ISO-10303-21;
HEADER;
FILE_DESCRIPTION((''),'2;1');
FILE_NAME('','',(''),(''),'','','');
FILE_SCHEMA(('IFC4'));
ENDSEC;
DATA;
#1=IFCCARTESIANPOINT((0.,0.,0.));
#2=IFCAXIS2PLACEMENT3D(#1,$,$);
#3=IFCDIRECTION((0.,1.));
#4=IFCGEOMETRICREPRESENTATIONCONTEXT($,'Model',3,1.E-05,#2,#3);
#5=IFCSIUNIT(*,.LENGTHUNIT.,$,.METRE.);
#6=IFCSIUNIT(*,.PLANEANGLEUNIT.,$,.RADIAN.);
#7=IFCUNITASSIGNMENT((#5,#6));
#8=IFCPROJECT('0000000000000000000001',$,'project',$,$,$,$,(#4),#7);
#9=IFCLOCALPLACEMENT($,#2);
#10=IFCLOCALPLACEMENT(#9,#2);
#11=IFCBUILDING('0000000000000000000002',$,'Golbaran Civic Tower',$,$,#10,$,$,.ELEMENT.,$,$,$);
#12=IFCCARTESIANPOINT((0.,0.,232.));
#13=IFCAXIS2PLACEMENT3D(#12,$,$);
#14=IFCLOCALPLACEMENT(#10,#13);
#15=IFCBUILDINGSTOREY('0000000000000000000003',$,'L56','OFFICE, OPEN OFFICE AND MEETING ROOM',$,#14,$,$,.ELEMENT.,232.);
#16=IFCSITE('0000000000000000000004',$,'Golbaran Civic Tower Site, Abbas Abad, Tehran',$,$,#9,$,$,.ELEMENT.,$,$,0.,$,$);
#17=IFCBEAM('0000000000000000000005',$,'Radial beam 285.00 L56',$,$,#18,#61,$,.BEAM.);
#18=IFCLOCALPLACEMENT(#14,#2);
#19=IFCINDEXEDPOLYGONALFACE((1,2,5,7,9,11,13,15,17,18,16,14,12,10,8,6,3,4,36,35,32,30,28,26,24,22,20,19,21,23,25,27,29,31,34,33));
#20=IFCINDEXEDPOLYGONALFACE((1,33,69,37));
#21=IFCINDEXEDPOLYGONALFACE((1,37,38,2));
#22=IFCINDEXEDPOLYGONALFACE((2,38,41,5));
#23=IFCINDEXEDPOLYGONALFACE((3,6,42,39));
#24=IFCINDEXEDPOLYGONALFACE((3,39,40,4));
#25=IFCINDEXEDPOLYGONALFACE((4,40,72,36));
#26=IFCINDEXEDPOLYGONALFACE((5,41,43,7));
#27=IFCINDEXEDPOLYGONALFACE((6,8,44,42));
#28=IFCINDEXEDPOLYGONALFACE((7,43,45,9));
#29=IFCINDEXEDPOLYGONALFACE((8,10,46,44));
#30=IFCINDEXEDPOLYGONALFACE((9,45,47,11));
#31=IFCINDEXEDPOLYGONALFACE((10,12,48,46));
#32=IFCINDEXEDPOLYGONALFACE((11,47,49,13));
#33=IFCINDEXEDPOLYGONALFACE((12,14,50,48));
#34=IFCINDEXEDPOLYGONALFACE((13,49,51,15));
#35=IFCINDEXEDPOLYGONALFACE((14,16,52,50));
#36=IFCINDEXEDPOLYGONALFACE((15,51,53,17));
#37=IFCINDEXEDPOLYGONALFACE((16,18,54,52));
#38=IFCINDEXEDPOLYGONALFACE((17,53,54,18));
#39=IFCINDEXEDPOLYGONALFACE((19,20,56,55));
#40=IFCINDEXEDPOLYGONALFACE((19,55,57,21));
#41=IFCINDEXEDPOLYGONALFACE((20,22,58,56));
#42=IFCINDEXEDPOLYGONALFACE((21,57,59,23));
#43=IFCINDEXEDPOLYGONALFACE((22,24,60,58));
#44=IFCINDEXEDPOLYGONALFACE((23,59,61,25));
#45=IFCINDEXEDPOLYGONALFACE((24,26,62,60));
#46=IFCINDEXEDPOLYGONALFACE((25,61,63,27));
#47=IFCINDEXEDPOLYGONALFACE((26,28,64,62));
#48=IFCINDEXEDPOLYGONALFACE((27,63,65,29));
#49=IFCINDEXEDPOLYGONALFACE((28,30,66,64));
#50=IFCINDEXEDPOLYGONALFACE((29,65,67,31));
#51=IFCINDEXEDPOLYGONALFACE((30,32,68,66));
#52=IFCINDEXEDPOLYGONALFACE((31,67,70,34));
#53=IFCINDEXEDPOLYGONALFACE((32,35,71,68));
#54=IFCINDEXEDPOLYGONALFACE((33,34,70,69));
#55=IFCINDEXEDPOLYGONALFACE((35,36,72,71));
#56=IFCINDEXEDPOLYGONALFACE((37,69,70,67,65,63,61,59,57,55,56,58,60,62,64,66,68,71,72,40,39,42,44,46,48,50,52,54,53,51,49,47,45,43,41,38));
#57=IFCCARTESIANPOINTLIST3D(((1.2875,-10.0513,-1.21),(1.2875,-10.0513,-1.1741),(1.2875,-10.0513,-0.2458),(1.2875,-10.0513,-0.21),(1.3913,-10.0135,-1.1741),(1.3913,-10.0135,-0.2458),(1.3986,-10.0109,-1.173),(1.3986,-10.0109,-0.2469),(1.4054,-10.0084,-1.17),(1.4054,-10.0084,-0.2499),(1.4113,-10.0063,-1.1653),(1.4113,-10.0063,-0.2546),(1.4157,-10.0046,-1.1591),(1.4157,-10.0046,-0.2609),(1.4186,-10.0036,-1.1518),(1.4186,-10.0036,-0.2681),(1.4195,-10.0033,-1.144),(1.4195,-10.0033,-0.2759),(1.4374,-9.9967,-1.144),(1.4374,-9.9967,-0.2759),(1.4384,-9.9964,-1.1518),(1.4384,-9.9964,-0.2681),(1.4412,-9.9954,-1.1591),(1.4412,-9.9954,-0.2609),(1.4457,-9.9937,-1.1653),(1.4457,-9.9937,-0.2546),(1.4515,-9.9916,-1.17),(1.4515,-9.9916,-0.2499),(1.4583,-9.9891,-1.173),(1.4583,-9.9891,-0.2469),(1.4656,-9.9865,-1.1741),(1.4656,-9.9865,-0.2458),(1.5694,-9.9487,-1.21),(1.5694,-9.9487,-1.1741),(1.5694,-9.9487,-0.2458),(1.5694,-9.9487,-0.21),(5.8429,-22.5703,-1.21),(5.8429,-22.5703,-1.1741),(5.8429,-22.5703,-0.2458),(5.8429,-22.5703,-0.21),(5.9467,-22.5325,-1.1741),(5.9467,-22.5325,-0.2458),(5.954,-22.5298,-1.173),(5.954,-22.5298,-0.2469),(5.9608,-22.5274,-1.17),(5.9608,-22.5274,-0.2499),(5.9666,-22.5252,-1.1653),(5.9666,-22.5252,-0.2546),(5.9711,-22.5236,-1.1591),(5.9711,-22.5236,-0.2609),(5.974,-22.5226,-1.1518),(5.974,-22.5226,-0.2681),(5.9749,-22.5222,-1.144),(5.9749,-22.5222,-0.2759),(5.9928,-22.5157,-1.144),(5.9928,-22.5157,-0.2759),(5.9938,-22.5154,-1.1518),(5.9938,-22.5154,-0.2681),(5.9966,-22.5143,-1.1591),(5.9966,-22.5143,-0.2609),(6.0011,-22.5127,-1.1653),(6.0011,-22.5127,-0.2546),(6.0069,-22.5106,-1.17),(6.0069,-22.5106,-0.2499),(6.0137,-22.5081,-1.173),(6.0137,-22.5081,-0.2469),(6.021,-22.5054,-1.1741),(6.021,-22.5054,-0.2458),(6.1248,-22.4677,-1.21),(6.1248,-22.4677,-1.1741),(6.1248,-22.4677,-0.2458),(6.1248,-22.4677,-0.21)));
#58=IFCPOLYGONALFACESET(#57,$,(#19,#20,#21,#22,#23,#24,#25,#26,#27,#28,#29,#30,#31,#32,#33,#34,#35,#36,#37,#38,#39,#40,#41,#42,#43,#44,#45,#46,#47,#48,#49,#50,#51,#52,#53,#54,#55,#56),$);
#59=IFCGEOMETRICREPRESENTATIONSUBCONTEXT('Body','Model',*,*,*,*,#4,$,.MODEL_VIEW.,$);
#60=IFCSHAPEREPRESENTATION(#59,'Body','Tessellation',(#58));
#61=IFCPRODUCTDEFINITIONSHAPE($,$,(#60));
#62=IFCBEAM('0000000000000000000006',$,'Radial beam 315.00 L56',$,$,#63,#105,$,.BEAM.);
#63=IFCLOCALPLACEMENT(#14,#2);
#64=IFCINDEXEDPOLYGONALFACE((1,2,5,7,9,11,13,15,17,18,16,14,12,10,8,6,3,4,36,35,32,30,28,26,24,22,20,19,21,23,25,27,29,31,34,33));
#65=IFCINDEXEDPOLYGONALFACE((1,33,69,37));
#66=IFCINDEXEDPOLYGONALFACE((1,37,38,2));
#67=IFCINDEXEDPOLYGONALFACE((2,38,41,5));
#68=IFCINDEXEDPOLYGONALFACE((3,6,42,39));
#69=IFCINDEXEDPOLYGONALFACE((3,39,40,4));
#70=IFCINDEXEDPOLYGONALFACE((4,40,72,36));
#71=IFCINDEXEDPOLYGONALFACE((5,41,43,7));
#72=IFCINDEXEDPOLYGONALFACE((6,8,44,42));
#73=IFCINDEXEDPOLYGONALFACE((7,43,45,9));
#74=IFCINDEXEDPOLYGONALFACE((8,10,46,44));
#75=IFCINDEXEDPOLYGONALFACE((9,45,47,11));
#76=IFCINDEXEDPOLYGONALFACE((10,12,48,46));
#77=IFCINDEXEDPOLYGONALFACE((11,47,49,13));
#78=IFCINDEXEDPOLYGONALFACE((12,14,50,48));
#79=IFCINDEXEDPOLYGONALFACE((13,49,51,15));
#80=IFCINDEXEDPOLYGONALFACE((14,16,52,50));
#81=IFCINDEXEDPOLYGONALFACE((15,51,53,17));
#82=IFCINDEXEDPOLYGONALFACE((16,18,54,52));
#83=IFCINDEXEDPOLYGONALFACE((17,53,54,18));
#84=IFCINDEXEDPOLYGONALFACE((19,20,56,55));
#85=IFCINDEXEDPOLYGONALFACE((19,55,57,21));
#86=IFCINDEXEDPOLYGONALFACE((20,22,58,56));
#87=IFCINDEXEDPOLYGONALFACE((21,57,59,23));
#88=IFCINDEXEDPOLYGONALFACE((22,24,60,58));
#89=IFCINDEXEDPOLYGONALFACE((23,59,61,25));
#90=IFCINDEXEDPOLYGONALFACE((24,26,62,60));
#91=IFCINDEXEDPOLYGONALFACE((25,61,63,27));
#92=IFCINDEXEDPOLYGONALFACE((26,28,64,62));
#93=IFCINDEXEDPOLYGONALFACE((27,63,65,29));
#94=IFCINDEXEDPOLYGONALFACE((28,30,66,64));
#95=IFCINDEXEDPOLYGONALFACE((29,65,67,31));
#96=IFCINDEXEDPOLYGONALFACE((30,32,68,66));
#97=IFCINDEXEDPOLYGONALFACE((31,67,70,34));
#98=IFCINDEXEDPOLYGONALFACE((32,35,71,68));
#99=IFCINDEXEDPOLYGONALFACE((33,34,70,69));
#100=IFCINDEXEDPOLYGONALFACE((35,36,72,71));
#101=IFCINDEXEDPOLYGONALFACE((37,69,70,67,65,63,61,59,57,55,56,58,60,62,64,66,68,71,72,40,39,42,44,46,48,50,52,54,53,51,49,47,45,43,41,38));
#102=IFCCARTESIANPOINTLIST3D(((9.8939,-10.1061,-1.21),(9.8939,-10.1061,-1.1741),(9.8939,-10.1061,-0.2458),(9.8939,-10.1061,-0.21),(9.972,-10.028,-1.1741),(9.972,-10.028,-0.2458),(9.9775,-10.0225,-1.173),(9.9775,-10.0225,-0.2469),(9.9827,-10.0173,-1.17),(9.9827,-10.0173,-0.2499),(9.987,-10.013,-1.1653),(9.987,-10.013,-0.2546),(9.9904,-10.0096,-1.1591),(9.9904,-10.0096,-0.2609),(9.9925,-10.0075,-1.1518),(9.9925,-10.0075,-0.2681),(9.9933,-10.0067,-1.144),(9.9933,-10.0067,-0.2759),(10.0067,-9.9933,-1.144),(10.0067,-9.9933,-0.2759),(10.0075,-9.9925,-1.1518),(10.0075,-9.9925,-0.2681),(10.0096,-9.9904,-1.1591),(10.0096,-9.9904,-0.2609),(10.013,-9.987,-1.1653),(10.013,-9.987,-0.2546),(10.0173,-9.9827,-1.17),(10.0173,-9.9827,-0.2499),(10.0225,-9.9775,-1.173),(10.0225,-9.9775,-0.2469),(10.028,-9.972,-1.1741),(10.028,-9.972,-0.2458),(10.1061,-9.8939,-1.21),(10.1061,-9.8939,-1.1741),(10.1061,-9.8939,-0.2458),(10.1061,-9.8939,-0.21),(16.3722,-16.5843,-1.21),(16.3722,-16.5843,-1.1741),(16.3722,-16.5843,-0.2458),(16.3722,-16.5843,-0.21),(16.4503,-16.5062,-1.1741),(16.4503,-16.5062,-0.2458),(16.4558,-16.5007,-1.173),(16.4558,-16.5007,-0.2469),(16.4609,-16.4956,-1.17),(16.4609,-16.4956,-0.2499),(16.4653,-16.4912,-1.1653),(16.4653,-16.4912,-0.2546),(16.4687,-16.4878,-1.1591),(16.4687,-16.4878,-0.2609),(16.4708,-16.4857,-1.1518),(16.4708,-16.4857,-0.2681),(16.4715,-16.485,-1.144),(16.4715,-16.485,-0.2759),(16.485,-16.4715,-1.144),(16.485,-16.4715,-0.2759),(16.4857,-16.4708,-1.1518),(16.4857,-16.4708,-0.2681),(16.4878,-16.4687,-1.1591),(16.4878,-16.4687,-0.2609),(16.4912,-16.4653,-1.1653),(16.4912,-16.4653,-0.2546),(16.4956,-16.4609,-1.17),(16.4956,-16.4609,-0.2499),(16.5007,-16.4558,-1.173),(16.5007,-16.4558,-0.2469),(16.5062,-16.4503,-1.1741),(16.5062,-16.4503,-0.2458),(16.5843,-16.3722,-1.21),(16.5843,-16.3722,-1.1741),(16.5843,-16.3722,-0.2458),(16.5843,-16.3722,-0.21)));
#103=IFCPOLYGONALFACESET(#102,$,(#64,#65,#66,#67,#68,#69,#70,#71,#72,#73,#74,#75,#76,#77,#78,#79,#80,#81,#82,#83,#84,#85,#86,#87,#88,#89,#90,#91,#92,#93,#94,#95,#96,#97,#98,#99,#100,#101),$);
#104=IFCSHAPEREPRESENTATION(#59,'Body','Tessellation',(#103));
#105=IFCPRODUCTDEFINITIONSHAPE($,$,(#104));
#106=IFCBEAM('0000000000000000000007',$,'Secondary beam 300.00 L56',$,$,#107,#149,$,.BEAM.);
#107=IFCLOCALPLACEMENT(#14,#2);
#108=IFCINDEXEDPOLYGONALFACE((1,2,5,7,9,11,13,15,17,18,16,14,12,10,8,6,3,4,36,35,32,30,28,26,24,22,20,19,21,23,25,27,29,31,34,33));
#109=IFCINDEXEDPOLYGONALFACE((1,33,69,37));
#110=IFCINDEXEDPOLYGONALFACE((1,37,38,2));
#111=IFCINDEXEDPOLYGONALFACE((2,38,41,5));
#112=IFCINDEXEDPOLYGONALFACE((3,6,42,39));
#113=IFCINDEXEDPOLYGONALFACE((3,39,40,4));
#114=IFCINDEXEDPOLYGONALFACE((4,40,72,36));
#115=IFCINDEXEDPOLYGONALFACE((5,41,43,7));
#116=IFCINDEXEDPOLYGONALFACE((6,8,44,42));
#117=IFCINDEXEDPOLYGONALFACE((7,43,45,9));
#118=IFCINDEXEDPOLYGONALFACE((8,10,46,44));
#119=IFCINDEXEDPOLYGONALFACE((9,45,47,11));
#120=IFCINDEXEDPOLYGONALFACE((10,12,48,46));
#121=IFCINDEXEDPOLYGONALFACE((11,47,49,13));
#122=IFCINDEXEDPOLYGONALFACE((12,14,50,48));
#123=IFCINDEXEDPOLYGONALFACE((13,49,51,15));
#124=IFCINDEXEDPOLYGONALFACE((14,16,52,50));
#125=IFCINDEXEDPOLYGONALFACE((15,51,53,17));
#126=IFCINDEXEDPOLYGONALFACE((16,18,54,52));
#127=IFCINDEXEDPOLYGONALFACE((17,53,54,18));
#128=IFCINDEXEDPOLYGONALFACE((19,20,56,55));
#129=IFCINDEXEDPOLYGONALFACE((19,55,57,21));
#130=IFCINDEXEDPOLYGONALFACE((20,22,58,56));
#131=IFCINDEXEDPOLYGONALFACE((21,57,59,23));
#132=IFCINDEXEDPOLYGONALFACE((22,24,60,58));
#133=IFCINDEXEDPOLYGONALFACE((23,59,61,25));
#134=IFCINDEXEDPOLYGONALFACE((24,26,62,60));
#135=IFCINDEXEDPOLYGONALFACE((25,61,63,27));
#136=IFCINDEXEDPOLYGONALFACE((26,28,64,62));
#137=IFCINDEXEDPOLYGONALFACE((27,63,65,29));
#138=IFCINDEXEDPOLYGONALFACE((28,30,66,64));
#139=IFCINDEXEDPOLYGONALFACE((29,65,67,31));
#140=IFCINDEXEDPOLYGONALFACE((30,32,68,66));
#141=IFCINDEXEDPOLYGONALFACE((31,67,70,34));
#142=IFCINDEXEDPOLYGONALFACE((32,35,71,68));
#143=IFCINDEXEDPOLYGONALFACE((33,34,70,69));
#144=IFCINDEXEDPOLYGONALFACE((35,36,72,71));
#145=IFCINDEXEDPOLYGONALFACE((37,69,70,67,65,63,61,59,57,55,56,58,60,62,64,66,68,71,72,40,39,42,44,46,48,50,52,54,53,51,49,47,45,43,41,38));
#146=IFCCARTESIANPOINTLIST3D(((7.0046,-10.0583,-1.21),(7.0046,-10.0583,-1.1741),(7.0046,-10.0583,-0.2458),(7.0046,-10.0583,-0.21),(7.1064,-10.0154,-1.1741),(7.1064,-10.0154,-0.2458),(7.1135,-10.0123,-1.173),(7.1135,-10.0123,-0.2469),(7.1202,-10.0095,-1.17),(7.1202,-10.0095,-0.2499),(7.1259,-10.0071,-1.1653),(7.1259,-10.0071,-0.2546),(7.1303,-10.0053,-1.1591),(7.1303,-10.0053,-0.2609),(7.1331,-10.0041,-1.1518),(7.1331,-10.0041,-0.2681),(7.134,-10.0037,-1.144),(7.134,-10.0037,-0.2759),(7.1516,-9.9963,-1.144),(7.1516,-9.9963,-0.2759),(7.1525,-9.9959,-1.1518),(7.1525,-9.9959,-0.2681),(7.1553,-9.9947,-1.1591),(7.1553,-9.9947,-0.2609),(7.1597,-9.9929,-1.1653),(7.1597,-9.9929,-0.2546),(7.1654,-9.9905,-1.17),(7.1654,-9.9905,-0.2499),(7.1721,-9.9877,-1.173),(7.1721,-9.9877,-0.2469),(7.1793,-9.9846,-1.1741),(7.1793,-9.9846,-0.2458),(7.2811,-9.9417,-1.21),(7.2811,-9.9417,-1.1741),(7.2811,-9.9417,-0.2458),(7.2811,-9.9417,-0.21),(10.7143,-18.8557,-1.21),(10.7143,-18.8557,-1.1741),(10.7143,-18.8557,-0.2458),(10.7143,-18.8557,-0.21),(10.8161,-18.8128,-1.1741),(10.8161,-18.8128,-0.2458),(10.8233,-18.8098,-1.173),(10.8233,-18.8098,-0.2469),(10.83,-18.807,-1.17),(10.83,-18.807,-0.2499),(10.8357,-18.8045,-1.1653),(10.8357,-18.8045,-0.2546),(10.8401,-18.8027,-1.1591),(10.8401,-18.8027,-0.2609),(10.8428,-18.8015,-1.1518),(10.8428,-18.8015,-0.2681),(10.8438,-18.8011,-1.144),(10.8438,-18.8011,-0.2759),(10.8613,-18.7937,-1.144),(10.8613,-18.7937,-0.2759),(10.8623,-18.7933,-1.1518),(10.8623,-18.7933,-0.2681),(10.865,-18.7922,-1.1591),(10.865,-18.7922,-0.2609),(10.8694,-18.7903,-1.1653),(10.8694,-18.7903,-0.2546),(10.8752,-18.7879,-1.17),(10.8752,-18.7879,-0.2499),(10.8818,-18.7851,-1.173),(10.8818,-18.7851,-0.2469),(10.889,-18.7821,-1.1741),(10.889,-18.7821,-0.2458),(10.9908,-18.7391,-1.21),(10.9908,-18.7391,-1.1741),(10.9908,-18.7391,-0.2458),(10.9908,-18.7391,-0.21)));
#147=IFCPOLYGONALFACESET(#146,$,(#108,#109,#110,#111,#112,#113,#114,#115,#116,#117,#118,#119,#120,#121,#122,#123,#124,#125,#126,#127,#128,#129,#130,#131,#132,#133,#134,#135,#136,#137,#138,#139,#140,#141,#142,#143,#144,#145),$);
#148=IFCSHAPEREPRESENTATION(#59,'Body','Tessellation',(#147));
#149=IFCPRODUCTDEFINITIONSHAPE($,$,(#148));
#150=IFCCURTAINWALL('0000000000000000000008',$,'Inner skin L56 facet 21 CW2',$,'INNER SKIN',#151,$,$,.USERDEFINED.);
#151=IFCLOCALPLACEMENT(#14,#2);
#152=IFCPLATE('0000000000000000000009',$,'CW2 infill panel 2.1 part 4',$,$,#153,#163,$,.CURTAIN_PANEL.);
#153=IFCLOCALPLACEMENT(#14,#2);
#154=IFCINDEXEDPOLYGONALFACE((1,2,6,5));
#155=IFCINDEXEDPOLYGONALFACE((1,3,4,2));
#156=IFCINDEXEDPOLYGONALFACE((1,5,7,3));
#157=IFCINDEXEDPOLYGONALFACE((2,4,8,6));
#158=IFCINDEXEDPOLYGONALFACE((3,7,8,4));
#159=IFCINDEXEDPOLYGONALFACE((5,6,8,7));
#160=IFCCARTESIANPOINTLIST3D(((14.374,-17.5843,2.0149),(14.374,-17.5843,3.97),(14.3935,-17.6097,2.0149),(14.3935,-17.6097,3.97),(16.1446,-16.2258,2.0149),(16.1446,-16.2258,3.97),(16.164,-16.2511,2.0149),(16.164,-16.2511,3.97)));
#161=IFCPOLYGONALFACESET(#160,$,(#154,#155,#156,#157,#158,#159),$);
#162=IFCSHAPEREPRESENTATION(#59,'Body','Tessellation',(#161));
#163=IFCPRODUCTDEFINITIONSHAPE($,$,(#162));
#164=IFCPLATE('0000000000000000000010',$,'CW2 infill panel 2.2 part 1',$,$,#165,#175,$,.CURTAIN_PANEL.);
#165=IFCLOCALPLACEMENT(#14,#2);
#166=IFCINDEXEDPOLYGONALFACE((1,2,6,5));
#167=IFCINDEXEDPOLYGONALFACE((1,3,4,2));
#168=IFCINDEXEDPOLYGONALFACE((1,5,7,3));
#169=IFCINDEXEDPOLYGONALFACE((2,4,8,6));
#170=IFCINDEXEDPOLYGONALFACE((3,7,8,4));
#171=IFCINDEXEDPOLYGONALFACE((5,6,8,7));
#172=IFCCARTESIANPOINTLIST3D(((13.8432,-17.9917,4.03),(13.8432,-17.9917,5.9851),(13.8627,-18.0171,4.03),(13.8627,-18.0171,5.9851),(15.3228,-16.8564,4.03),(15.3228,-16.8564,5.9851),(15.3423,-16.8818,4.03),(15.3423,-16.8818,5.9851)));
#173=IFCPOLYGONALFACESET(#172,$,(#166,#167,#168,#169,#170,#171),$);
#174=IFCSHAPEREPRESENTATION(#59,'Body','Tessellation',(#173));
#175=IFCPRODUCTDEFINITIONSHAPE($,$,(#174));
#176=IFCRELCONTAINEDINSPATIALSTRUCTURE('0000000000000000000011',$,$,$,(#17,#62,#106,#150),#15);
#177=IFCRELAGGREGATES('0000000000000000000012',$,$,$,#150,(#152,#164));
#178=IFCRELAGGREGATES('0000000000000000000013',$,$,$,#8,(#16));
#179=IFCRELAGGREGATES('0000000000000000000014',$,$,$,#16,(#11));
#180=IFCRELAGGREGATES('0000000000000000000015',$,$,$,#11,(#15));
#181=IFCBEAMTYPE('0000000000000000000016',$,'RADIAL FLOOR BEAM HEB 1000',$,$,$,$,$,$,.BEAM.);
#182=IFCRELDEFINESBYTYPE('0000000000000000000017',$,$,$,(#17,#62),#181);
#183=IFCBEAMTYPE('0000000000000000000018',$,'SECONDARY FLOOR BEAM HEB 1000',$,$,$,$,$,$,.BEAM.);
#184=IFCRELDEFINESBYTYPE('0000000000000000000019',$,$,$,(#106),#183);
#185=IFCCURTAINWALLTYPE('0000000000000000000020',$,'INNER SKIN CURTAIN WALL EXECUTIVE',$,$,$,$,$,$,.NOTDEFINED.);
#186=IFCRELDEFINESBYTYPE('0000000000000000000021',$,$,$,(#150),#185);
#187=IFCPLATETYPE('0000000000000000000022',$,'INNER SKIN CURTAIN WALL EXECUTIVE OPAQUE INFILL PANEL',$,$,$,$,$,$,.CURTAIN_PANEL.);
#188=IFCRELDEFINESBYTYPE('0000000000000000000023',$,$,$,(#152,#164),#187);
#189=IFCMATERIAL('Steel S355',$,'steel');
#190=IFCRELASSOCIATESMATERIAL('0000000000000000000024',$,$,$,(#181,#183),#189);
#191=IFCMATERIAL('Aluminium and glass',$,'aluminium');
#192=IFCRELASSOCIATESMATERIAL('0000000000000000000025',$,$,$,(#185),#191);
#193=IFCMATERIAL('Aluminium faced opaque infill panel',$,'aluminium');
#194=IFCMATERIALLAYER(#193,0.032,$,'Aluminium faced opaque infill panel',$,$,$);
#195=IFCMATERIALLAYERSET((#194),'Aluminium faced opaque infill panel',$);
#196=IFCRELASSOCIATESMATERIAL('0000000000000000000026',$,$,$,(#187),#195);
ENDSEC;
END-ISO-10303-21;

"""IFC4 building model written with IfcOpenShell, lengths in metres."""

from ifc_helpers import new_model, si_unit, direction, frame, origin, origin_2d, place, context, subcontext, project, spatial, rectangle, i_section, extrude, material, layer, layer_set, material_profile, profile_set, type_object, element, aggregate, save


model = new_model("IFC4")

# Units and contexts
model_context = context("Model", 3, precision=1e-05, world=origin(), true_north=direction((0.0, 1.0)))
body_context = subcontext(model_context, "Body", "Model", "MODEL_VIEW")
ifc_project = project(units=[si_unit("LENGTHUNIT", "METRE"), si_unit("PLANEANGLEUNIT", "RADIAN")], contexts=[model_context])

# Site, building, storey
site_placement = place(None, origin())
site = spatial("IfcSite", under=ifc_project, at=site_placement, Name="Golbaran Civic Tower Site, Abbas Abad, Tehran", CompositionType="ELEMENT", RefElevation=0.0)
building_placement = place(site_placement, origin())
building = spatial("IfcBuilding", under=site, at=building_placement, Name="Golbaran Civic Tower", CompositionType="ELEMENT")
storey_placement = place(building_placement, frame((0.0, 0.0, 232.0)))
storey = spatial("IfcBuildingStorey", under=building, at=storey_placement, Name="L56", Description="OFFICE, OPEN OFFICE AND MEETING ROOM", CompositionType="ELEMENT", Elevation=232.0)

# Beams
ifc_material_1 = material(Name="Steel S355", Category="steel")
ifc_material_profile_1 = material_profile(ifc_material_1, i_section(OverallWidth=0.3, OverallDepth=1.0, WebThickness=0.019, FlangeThickness=0.0359, FilletRadius=0.03, at=origin_2d()), Name="HEB 1000")
ifc_profile_set_1 = profile_set([ifc_material_profile_1], Name="Steel S355")
beam_type_1 = type_object("IfcBeamType", Name="RADIAL FLOOR BEAM HEB 1000", PredefinedType="BEAM", material=ifc_profile_set_1)
beam_1_placement = place(storey_placement, frame((1.4285, -10.0, -0.71), z_axis=(0.341945, -0.93972, 0.0), x_axis=(0.93972, 0.341945, 0.0)))
element("IfcBeam", 1, at=beam_1_placement, inside=storey, type_object=beam_type_1, Name="Radial beam 285.00 L56", PredefinedType="BEAM", context=body_context, shape_type="SweptSolid", body=[
    extrude(i_section(OverallWidth=0.3, OverallDepth=1.0, WebThickness=0.019, FlangeThickness=0.0359, FilletRadius=0.03, at=origin_2d()), origin(), (0.0, 0.0, 1.0), 13.322),
])
beam_2_placement = place(storey_placement, frame((10.0, -10.0, -0.71), z_axis=(0.707107, -0.707107, 0.0), x_axis=(0.707107, 0.707107, 0.0)))
element("IfcBeam", 2, at=beam_2_placement, inside=storey, type_object=beam_type_1, Name="Radial beam 315.00 L56", PredefinedType="BEAM", context=body_context, shape_type="SweptSolid", body=[
    extrude(i_section(OverallWidth=0.3, OverallDepth=1.0, WebThickness=0.019, FlangeThickness=0.0359, FilletRadius=0.03, at=origin_2d()), origin(), (0.0, 0.0, 1.0), 9.1616),
])
ifc_material_profile_2 = material_profile(ifc_material_1, i_section(OverallWidth=0.3, OverallDepth=1.0, WebThickness=0.019, FlangeThickness=0.0359, FilletRadius=0.03, at=origin_2d()), Name="HEB 1000")
ifc_profile_set_2 = profile_set([ifc_material_profile_2], Name="Steel S355")
beam_type_2 = type_object("IfcBeamType", Name="SECONDARY FLOOR BEAM HEB 1000", PredefinedType="BEAM", material=ifc_profile_set_2)
beam_3_placement = place(storey_placement, frame((7.1428, -10.0, -0.71), z_axis=(0.388552, -0.921427, 0.0), x_axis=(0.921427, 0.388552, 0.0)))
element("IfcBeam", 3, at=beam_3_placement, inside=storey, type_object=beam_type_2, Name="Secondary beam 300.00 L56", PredefinedType="BEAM", context=body_context, shape_type="SweptSolid", body=[
    extrude(i_section(OverallWidth=0.3, OverallDepth=1.0, WebThickness=0.019, FlangeThickness=0.0359, FilletRadius=0.03, at=origin_2d()), origin(), (0.0, 0.0, 1.0), 9.5476),
])

# Curtain wall, plates
ifc_material_2 = material(Name="Aluminium and glass", Category="aluminium")
curtain_wall_type = type_object("IfcCurtainWallType", Name="INNER SKIN CURTAIN WALL EXECUTIVE", PredefinedType="NOTDEFINED", material=ifc_material_2)
curtain_wall_placement = place(storey_placement, origin())
curtain_wall = element("IfcCurtainWall", 4, at=curtain_wall_placement, inside=storey, type_object=curtain_wall_type, Name="Inner skin L56 facet 21 CW2", ObjectType="INNER SKIN", PredefinedType="USERDEFINED")
ifc_material_3 = material(Name="Aluminium faced opaque infill panel", Category="aluminium")
ifc_layer_1 = layer(ifc_material_3, 0.032, Name="Aluminium faced opaque infill panel")
ifc_layer_set_1 = layer_set([ifc_layer_1], Name="Aluminium faced opaque infill panel")
plate_type = type_object("IfcPlateType", Name="INNER SKIN CURTAIN WALL EXECUTIVE OPAQUE INFILL PANEL", PredefinedType="CURTAIN_PANEL", material=ifc_layer_set_1)
plate_1_placement = place(storey_placement, frame((15.269, -16.9177, 2.0149), z_axis=(0.0, 0.0, 1.0), x_axis=(0.793353, 0.608761, 0.0)))
plate_1 = element("IfcPlate", 5, at=plate_1_placement, type_object=plate_type, Name="CW2 infill panel 2.1 part 4", PredefinedType="CURTAIN_PANEL", context=body_context, shape_type="SweptSolid", body=[
    extrude(rectangle(XDim=2.2317, YDim=0.032, at=origin_2d()), origin(), (0.0, 0.0, 1.0), 1.9551),
])
plate_2_placement = place(storey_placement, frame((14.5928, -17.4368, 4.03), z_axis=(0.0, 0.0, 1.0), x_axis=(0.793353, 0.608761, 0.0)))
plate_2 = element("IfcPlate", 6, at=plate_2_placement, type_object=plate_type, Name="CW2 infill panel 2.2 part 1", PredefinedType="CURTAIN_PANEL", context=body_context, shape_type="SweptSolid", body=[
    extrude(rectangle(XDim=1.865, YDim=0.032, at=origin_2d()), origin(), (0.0, 0.0, 1.0), 1.9551),
])
aggregate(curtain_wall, [plate_1, plate_2])

save(model, "model.ifc")
